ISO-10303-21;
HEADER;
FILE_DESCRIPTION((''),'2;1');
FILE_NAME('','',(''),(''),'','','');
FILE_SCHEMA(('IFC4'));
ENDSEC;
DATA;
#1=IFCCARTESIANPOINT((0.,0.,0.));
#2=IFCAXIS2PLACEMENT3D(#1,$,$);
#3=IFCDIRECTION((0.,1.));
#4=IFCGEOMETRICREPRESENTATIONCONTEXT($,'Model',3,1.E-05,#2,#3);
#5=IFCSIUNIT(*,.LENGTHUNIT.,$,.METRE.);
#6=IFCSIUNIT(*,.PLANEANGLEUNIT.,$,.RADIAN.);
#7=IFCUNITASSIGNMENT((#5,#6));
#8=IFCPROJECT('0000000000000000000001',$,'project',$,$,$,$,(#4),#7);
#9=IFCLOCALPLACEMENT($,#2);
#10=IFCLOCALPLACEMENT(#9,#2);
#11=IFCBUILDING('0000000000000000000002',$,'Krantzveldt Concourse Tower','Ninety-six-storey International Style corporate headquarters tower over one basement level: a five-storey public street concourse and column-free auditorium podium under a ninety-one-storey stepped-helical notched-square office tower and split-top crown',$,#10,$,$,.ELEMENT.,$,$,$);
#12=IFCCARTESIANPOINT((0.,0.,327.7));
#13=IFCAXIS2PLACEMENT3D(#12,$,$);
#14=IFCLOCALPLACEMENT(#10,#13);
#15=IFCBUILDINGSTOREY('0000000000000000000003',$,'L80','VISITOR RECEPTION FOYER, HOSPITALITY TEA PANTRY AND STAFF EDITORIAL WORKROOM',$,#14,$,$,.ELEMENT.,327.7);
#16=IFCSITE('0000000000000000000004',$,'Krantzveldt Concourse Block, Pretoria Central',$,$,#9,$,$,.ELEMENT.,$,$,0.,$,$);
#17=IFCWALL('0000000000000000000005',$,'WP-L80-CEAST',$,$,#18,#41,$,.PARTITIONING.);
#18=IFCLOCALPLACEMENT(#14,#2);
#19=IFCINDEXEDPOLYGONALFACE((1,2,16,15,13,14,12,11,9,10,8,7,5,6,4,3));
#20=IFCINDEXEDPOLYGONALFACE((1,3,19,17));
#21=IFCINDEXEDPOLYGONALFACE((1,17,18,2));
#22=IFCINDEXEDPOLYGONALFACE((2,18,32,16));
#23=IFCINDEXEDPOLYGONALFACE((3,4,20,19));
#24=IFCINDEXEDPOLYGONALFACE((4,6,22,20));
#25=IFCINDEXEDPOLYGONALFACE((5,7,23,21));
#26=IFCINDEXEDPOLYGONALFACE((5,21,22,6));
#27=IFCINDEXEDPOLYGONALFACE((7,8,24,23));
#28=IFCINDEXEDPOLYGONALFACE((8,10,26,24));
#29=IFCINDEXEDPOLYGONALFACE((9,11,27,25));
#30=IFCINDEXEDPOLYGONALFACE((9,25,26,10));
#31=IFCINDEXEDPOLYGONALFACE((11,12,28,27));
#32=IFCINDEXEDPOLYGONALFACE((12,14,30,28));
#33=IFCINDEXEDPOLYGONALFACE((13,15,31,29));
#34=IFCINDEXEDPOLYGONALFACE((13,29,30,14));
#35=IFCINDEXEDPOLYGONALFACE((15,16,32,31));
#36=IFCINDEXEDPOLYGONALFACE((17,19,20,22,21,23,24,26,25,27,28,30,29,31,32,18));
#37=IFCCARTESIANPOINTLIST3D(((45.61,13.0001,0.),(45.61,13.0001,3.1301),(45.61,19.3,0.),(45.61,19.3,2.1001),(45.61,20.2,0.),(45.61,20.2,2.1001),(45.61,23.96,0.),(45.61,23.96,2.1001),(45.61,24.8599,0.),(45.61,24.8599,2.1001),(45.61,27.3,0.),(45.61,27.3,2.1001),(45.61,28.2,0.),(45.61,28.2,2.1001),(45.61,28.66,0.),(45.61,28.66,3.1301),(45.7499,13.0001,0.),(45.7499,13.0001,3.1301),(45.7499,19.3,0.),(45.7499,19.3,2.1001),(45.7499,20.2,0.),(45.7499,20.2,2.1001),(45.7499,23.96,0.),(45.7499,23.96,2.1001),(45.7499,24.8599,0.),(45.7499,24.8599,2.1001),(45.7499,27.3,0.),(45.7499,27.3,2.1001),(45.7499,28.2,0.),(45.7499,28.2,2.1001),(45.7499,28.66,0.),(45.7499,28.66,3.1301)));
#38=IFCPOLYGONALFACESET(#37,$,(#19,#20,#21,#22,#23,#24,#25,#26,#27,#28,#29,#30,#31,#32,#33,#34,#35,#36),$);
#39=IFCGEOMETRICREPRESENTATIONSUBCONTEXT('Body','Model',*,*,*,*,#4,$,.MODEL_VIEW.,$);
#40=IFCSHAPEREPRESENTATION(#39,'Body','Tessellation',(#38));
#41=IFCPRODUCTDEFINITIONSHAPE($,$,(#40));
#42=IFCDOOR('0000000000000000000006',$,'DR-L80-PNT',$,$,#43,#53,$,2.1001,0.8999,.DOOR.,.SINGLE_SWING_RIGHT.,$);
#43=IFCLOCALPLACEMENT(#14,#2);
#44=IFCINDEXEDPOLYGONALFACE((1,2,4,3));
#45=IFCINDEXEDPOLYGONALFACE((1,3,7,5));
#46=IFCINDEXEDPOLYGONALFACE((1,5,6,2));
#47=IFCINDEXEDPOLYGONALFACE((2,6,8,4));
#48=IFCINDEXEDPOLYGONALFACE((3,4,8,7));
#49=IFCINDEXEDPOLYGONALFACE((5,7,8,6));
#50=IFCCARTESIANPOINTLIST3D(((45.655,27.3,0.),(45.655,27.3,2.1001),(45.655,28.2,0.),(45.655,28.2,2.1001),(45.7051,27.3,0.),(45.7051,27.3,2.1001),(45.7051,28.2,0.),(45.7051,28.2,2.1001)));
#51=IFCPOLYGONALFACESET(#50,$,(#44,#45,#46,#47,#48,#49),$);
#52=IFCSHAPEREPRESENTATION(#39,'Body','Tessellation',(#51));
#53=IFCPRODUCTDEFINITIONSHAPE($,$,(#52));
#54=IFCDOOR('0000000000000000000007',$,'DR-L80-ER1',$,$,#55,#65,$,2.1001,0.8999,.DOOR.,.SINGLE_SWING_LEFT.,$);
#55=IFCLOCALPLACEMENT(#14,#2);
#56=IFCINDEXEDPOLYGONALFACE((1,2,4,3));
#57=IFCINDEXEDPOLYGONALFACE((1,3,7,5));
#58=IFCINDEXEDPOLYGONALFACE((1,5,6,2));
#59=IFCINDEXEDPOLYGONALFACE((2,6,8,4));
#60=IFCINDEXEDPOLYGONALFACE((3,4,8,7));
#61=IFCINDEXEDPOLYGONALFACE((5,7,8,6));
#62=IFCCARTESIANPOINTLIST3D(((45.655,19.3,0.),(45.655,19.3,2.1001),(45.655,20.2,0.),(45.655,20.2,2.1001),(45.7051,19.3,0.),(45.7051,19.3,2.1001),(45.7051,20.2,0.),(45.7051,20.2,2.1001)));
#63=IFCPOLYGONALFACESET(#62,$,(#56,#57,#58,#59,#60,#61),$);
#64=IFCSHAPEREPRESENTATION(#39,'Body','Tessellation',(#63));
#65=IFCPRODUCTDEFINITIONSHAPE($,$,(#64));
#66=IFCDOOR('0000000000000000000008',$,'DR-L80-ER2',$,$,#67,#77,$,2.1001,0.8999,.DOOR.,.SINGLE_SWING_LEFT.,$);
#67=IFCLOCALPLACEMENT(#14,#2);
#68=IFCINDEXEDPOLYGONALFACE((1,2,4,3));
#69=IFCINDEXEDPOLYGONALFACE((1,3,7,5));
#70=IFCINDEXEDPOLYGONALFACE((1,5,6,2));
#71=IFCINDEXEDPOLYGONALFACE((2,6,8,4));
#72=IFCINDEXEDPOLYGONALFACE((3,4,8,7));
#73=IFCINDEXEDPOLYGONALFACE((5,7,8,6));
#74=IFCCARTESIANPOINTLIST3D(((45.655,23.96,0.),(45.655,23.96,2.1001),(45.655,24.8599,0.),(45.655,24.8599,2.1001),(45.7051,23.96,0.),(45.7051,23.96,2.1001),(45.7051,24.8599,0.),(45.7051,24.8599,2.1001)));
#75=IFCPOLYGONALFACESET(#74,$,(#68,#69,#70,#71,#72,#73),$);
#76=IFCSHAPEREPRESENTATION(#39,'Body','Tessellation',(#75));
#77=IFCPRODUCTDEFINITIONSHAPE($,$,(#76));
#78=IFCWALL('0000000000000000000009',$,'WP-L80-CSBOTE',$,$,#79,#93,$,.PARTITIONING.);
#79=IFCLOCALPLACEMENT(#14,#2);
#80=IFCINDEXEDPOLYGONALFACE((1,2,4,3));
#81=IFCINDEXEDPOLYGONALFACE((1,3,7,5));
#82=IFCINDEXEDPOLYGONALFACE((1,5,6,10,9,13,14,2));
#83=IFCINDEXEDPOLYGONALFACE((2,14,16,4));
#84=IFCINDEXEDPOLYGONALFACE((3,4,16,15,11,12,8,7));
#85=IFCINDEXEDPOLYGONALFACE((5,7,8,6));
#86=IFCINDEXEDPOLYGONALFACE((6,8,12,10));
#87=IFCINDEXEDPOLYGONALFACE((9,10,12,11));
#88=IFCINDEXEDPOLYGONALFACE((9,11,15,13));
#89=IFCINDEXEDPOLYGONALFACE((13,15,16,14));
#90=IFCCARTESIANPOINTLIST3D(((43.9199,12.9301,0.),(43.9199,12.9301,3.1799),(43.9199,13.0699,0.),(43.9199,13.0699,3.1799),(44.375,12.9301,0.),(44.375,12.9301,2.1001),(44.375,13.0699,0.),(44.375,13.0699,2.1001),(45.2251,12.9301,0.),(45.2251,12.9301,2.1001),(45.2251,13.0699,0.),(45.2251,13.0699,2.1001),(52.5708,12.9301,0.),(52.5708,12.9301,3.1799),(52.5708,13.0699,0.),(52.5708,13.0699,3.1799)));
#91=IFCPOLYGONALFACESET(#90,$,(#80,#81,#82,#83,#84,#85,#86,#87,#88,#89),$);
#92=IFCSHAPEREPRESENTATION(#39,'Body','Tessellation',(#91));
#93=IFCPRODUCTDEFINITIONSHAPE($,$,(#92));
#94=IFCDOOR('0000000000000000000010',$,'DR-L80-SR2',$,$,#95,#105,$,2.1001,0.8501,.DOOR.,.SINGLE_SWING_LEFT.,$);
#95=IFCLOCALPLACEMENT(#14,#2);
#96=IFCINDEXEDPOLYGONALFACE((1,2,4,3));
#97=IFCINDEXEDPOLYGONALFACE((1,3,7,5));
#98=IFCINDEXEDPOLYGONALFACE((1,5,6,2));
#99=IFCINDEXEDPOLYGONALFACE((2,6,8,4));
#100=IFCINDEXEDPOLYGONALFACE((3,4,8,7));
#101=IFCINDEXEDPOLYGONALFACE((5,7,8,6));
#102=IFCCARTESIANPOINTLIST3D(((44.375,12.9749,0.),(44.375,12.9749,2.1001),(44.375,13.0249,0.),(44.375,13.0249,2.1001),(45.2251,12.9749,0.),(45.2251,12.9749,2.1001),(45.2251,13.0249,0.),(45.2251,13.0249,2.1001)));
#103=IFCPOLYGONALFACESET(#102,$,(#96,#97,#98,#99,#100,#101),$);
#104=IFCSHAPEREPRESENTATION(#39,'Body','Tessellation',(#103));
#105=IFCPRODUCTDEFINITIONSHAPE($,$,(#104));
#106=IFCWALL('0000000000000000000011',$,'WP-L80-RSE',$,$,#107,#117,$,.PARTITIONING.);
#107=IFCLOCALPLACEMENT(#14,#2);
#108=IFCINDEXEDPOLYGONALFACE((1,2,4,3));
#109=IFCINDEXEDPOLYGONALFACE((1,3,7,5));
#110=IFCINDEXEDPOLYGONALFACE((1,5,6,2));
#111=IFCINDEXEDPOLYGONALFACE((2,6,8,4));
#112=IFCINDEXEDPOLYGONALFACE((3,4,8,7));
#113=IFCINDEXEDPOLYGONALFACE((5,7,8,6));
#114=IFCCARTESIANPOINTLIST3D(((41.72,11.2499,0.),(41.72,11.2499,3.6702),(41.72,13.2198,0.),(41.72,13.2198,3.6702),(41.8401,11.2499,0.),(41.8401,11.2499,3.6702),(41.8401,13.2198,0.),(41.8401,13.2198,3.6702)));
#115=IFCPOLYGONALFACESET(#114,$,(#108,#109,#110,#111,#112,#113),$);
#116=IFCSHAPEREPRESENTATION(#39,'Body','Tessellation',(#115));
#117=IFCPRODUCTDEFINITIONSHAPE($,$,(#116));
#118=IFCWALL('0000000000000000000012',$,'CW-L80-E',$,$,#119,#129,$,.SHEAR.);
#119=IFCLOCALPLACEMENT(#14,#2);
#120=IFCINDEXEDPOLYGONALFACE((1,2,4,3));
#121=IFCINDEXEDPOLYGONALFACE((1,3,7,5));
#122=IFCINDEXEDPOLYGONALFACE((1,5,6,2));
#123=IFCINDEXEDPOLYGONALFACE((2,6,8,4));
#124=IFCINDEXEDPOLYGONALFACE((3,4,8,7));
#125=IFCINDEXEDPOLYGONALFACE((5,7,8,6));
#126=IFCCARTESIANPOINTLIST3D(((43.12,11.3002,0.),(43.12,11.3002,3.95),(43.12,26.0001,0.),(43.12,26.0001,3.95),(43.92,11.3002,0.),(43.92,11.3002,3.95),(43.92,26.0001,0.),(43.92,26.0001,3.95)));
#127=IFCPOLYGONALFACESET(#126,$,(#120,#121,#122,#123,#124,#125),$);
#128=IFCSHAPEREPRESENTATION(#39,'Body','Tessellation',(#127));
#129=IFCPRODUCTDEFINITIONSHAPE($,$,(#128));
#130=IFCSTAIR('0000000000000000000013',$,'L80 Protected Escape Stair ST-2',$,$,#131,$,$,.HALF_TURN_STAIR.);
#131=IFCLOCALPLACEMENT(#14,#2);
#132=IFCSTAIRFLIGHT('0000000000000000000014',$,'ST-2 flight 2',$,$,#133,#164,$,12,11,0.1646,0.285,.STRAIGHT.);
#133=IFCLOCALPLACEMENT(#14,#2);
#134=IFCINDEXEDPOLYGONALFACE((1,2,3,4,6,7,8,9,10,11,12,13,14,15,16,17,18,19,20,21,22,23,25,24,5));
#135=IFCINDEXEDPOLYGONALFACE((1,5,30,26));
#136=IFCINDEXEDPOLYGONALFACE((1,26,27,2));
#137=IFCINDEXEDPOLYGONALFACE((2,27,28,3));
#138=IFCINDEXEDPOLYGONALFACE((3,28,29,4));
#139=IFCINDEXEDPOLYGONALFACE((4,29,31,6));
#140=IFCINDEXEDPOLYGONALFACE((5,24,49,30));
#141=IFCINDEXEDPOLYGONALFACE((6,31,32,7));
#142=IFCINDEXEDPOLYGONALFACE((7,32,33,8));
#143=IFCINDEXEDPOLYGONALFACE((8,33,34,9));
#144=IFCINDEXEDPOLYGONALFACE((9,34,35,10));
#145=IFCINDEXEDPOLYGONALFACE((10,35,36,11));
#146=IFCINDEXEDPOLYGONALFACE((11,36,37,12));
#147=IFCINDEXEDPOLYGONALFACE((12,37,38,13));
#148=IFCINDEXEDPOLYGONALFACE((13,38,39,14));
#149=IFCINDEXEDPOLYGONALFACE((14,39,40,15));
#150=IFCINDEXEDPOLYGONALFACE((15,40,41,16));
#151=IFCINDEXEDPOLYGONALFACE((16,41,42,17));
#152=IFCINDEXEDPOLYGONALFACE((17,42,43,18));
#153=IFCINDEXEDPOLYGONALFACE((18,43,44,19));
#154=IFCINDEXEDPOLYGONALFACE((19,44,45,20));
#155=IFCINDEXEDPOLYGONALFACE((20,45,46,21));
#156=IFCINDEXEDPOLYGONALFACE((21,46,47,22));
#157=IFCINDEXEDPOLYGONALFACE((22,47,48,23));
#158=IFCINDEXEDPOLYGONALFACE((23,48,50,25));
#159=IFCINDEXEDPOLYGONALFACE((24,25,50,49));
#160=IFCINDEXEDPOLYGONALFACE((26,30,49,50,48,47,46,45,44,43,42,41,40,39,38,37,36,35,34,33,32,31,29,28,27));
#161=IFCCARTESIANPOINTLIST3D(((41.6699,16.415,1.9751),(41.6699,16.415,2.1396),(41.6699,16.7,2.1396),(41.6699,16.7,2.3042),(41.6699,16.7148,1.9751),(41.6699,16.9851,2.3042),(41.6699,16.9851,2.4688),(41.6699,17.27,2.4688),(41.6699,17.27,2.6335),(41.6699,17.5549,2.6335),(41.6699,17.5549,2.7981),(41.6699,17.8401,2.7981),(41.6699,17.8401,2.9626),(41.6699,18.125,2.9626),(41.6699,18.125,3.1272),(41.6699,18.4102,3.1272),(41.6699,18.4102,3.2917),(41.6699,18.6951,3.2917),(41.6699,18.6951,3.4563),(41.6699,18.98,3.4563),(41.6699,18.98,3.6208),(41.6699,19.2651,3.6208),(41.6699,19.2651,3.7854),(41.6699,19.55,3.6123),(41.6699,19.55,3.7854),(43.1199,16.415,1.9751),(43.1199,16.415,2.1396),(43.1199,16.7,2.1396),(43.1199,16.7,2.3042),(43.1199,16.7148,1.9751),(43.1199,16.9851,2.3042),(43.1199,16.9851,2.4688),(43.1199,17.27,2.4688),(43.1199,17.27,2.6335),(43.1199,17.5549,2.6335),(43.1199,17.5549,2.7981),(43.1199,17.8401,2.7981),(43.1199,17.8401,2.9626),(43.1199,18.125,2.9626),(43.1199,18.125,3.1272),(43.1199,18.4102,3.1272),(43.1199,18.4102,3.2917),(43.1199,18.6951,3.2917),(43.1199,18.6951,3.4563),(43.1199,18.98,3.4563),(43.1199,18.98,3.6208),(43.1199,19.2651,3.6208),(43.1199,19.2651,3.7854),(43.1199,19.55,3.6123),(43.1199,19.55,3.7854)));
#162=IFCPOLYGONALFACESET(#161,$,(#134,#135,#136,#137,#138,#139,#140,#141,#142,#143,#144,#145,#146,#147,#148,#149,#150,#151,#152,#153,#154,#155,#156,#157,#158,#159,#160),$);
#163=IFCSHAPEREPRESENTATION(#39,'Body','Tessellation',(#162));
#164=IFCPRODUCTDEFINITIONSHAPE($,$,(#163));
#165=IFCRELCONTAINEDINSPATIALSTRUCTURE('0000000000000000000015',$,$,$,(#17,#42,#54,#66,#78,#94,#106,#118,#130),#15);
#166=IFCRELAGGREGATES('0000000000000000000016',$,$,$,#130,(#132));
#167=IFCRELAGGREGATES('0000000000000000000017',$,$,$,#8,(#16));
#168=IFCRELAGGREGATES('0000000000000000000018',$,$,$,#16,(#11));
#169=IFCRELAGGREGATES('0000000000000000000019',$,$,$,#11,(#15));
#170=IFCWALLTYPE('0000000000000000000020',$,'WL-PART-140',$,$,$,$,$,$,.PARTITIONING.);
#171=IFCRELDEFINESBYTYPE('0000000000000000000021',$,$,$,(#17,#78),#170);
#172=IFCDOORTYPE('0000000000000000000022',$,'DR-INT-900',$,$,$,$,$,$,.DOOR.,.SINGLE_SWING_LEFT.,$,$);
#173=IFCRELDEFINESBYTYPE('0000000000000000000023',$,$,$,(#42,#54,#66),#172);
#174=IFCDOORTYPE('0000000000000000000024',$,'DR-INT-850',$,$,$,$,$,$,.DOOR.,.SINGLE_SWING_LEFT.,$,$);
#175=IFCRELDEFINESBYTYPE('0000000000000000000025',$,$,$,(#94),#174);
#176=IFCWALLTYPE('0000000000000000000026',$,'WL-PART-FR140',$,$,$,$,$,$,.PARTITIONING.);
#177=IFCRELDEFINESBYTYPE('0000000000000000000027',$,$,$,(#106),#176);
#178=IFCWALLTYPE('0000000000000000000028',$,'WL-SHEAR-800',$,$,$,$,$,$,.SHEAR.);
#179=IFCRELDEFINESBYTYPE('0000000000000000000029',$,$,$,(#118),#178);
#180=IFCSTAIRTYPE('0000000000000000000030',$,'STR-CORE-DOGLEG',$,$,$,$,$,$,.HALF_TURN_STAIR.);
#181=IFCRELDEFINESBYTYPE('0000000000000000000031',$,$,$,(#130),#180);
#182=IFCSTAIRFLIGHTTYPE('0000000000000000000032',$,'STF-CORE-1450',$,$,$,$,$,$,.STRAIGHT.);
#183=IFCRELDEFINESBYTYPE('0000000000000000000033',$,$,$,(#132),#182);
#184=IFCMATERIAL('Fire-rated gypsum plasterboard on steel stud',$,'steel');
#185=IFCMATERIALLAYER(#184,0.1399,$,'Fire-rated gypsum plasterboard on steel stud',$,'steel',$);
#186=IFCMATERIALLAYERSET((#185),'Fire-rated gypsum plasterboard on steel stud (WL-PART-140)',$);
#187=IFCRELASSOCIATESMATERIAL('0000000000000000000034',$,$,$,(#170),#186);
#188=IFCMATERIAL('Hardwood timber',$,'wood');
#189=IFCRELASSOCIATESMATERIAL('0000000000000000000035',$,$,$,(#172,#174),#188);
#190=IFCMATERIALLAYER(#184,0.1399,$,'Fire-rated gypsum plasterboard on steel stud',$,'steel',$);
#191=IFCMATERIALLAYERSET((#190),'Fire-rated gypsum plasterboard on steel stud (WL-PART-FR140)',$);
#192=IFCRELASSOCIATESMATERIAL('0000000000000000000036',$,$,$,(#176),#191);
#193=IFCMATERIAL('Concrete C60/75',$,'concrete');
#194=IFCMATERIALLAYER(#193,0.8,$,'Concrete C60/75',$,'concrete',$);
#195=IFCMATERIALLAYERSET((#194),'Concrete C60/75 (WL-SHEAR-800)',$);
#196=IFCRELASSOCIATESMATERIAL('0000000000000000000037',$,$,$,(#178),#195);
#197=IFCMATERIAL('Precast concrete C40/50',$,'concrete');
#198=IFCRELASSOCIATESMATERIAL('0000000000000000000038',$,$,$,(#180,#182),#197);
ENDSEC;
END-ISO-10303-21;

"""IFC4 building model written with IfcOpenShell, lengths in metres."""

from ifc_helpers import new_model, si_unit, direction, frame, frame_2d, origin, place, context, subcontext, project, spatial, polyline, rectangle, outline, extrude, material, layer, layer_set, type_object, element, fill, aggregate, save


model = new_model("IFC4")

# Units and contexts
model_context = context("Model", 3, precision=1e-05, world=origin(), true_north=direction((0.0, 1.0)))
body_context = subcontext(model_context, "Body", "Model", "MODEL_VIEW")
ifc_project = project(units=[si_unit("LENGTHUNIT", "METRE"), si_unit("PLANEANGLEUNIT", "RADIAN")], contexts=[model_context])

# Site, building, storey
site_placement = place(None, origin())
site = spatial("IfcSite", under=ifc_project, at=site_placement, Name="Krantzveldt Concourse Block, Pretoria Central", CompositionType="ELEMENT", RefElevation=0.0)
building_placement = place(site_placement, origin())
building = spatial("IfcBuilding", under=site, at=building_placement, Name="Krantzveldt Concourse Tower", Description="Ninety-six-storey International Style corporate headquarters tower over one basement level: a five-storey public street concourse and column-free auditorium podium under a ninety-one-storey stepped-helical notched-square office tower and split-top crown", CompositionType="ELEMENT")
storey_placement = place(building_placement, frame((0.0, 0.0, 327.7)))
storey = spatial("IfcBuildingStorey", under=building, at=storey_placement, Name="L80", Description="VISITOR RECEPTION FOYER, HOSPITALITY TEA PANTRY AND STAFF EDITORIAL WORKROOM", CompositionType="ELEMENT", Elevation=327.7)

# Wall, openings, doors
ifc_material_1 = material(Name="Fire-rated gypsum plasterboard on steel stud", Category="steel")
ifc_layer_1 = layer(ifc_material_1, 0.1399, Name="Fire-rated gypsum plasterboard on steel stud", Category="steel")
ifc_layer_set_1 = layer_set([ifc_layer_1], Name="Fire-rated gypsum plasterboard on steel stud (WL-PART-140)")
wall_type_1 = type_object("IfcWallType", Name="WL-PART-140", PredefinedType="PARTITIONING", material=ifc_layer_set_1)
wall_1_placement = place(storey_placement, frame((45.6799, 13.0, 0.0), z_axis=(0.0, 0.0, 1.0), x_axis=(0.0, 1.0, 0.0)))
wall_1 = element("IfcWall", 1, at=wall_1_placement, inside=storey, type_object=wall_type_1, Name="WP-L80-CEAST", PredefinedType="PARTITIONING", context=body_context, shape_type="SweptSolid", body=[
    extrude(rectangle(XDim=15.6599, YDim=0.1399, at=frame_2d((7.8301, 0.0))), origin(), (0.0, 0.0, 1.0), 3.1301),
])
opening_1_placement = place(wall_1_placement, frame((14.3, 0.0, 0.0)))
opening_1 = element("IfcOpeningElement", 2, at=opening_1_placement, cuts=wall_1, PredefinedType="OPENING", context=body_context, shape_type="SweptSolid", body=[
    extrude(rectangle(XDim=0.8999, YDim=2.1001, at=frame_2d((0.45, 1.05))), frame((0.0, 0.0801, 0.0), z_axis=(0.0, -1.0, 0.0), x_axis=(1.0, 0.0, 0.0)), (0.0, 0.0, 1.0), 0.1599),
])
opening_2_placement = place(wall_1_placement, frame((6.3, 0.0, 0.0)))
opening_2 = element("IfcOpeningElement", 3, at=opening_2_placement, cuts=wall_1, PredefinedType="OPENING", context=body_context, shape_type="SweptSolid", body=[
    extrude(rectangle(XDim=0.8999, YDim=2.1001, at=frame_2d((0.45, 1.05))), frame((0.0, 0.0801, 0.0), z_axis=(0.0, -1.0, 0.0), x_axis=(1.0, 0.0, 0.0)), (0.0, 0.0, 1.0), 0.1599),
])
opening_3_placement = place(wall_1_placement, frame((10.96, 0.0, 0.0)))
opening_3 = element("IfcOpeningElement", 4, at=opening_3_placement, cuts=wall_1, PredefinedType="OPENING", context=body_context, shape_type="SweptSolid", body=[
    extrude(rectangle(XDim=0.8999, YDim=2.1001, at=frame_2d((0.45, 1.05))), frame((0.0, 0.0801, 0.0), z_axis=(0.0, -1.0, 0.0), x_axis=(1.0, 0.0, 0.0)), (0.0, 0.0, 1.0), 0.1599),
])
ifc_material_2 = material(Name="Hardwood timber", Category="wood")
door_type_1 = type_object("IfcDoorType", Name="DR-INT-900", OperationType="SINGLE_SWING_LEFT", PredefinedType="DOOR", material=ifc_material_2)
door_1_placement = place(opening_1_placement, origin())
door_1 = element("IfcDoor", 5, at=door_1_placement, inside=storey, type_object=door_type_1, Name="DR-L80-PNT", OperationType="SINGLE_SWING_RIGHT", OverallHeight=2.1001, OverallWidth=0.8999, PredefinedType="DOOR", context=body_context, shape_type="SweptSolid", body=[
    extrude(rectangle(XDim=0.8999, YDim=2.1001, at=frame_2d((0.45, 1.05))), frame((0.0, 0.0249, 0.0), z_axis=(0.0, -1.0, 0.0), x_axis=(1.0, 0.0, 0.0)), (0.0, 0.0, 1.0), 0.05),
])
fill(opening_1, door_1)
door_2_placement = place(opening_2_placement, origin())
door_2 = element("IfcDoor", 6, at=door_2_placement, inside=storey, type_object=door_type_1, Name="DR-L80-ER1", OperationType="SINGLE_SWING_LEFT", OverallHeight=2.1001, OverallWidth=0.8999, PredefinedType="DOOR", context=body_context, shape_type="SweptSolid", body=[
    extrude(rectangle(XDim=0.8999, YDim=2.1001, at=frame_2d((0.45, 1.05))), frame((0.0, 0.0249, 0.0), z_axis=(0.0, -1.0, 0.0), x_axis=(1.0, 0.0, 0.0)), (0.0, 0.0, 1.0), 0.05),
])
fill(opening_2, door_2)
door_3_placement = place(opening_3_placement, origin())
door_3 = element("IfcDoor", 7, at=door_3_placement, inside=storey, type_object=door_type_1, Name="DR-L80-ER2", OperationType="SINGLE_SWING_LEFT", OverallHeight=2.1001, OverallWidth=0.8999, PredefinedType="DOOR", context=body_context, shape_type="SweptSolid", body=[
    extrude(rectangle(XDim=0.8999, YDim=2.1001, at=frame_2d((0.45, 1.05))), frame((0.0, 0.0249, 0.0), z_axis=(0.0, -1.0, 0.0), x_axis=(1.0, 0.0, 0.0)), (0.0, 0.0, 1.0), 0.05),
])
fill(opening_3, door_3)

# Wall, opening, door
wall_2_placement = place(storey_placement, frame((43.9199, 13.0, 0.0), z_axis=(0.0, 0.0, 1.0), x_axis=(1.0, 0.0, 0.0)))
wall_2 = element("IfcWall", 8, at=wall_2_placement, inside=storey, type_object=wall_type_1, Name="WP-L80-CSBOTE", PredefinedType="PARTITIONING", context=body_context, shape_type="SweptSolid", body=[
    extrude(rectangle(XDim=8.6509, YDim=0.1399, at=frame_2d((4.3254, 0.0))), origin(), (0.0, 0.0, 1.0), 3.1799),
])
opening_4_placement = place(wall_2_placement, frame((0.4551, 0.0, 0.0)))
opening_4 = element("IfcOpeningElement", 9, at=opening_4_placement, cuts=wall_2, PredefinedType="OPENING", context=body_context, shape_type="SweptSolid", body=[
    extrude(rectangle(XDim=0.8501, YDim=2.1001, at=frame_2d((0.425, 1.05))), frame((0.0, 0.0801, 0.0), z_axis=(0.0, -1.0, 0.0), x_axis=(1.0, 0.0, 0.0)), (0.0, 0.0, 1.0), 0.1599),
])
door_type_2 = type_object("IfcDoorType", Name="DR-INT-850", OperationType="SINGLE_SWING_LEFT", PredefinedType="DOOR", material=ifc_material_2)
door_4_placement = place(opening_4_placement, origin())
door_4 = element("IfcDoor", 10, at=door_4_placement, inside=storey, type_object=door_type_2, Name="DR-L80-SR2", OperationType="SINGLE_SWING_LEFT", OverallHeight=2.1001, OverallWidth=0.8501, PredefinedType="DOOR", context=body_context, shape_type="SweptSolid", body=[
    extrude(rectangle(XDim=0.8501, YDim=2.1001, at=frame_2d((0.425, 1.05))), frame((0.0, 0.0249, 0.0), z_axis=(0.0, -1.0, 0.0), x_axis=(1.0, 0.0, 0.0)), (0.0, 0.0, 1.0), 0.05),
])
fill(opening_4, door_4)

# Walls
ifc_layer_2 = layer(ifc_material_1, 0.1399, Name="Fire-rated gypsum plasterboard on steel stud", Category="steel")
ifc_layer_set_2 = layer_set([ifc_layer_2], Name="Fire-rated gypsum plasterboard on steel stud (WL-PART-FR140)")
wall_type_2 = type_object("IfcWallType", Name="WL-PART-FR140", PredefinedType="PARTITIONING", material=ifc_layer_set_2)
wall_3_placement = place(storey_placement, frame((41.78, 11.25, 0.0), z_axis=(0.0, 0.0, 1.0), x_axis=(0.0, 1.0, 0.0)))
element("IfcWall", 11, at=wall_3_placement, inside=storey, type_object=wall_type_2, Name="WP-L80-RSE", PredefinedType="PARTITIONING", context=body_context, shape_type="SweptSolid", body=[
    extrude(rectangle(XDim=1.97, YDim=0.1201, at=frame_2d((0.9849, 0.0))), origin(), (0.0, 0.0, 1.0), 3.6702),
])
ifc_material_3 = material(Name="Concrete C60/75", Category="concrete")
ifc_layer_3 = layer(ifc_material_3, 0.8, Name="Concrete C60/75", Category="concrete")
ifc_layer_set_3 = layer_set([ifc_layer_3], Name="Concrete C60/75 (WL-SHEAR-800)")
wall_type_3 = type_object("IfcWallType", Name="WL-SHEAR-800", PredefinedType="SHEAR", material=ifc_layer_set_3)
wall_4_placement = place(storey_placement, frame((43.52, 11.3, 0.0), z_axis=(0.0, 0.0, 1.0), x_axis=(0.0, 1.0, 0.0)))
element("IfcWall", 12, at=wall_4_placement, inside=storey, type_object=wall_type_3, Name="CW-L80-E", PredefinedType="SHEAR", context=body_context, shape_type="SweptSolid", body=[
    extrude(rectangle(XDim=14.7, YDim=0.8, at=frame_2d((7.3501, 0.0))), origin(), (0.0, 0.0, 1.0), 3.95),
])

# Stair, stair flight
ifc_material_4 = material(Name="Precast concrete C40/50", Category="concrete")
stair_type = type_object("IfcStairType", Name="STR-CORE-DOGLEG", PredefinedType="HALF_TURN_STAIR", material=ifc_material_4)
stair_placement = place(storey_placement, origin())
stair = element("IfcStair", 13, at=stair_placement, inside=storey, type_object=stair_type, Name="L80 Protected Escape Stair ST-2", PredefinedType="HALF_TURN_STAIR")
stair_flight_type = type_object("IfcStairFlightType", Name="STF-CORE-1450", PredefinedType="STRAIGHT", material=ifc_material_4)
stair_flight_placement = place(storey_placement, frame((42.395, 16.415, 1.9751), z_axis=(0.0, 0.0, 1.0), x_axis=(0.0, 1.0, 0.0)))
stair_flight = element("IfcStairFlight", 14, at=stair_flight_placement, type_object=stair_flight_type, Name="ST-2 flight 2", NumberOfRisers=12, NumberOfTreads=11, PredefinedType="STRAIGHT", RiserHeight=0.1646, TreadLength=0.285, context=body_context, shape_type="SweptSolid", body=[
    extrude(outline(polyline([(0.0, 0.0), (0.0, 0.1646), (0.2849, 0.1646), (0.2849, 0.3291), (0.5701, 0.3291), (0.5701, 0.4937), (0.855, 0.4937), (0.855, 0.6584), (1.1399, 0.6584), (1.1399, 0.823), (1.425, 0.823), (1.425, 0.9875), (1.71, 0.9875), (1.71, 1.1521), (1.9951, 1.1521), (1.9951, 1.3167), (2.28, 1.3167), (2.28, 1.4812), (2.5649, 1.4812), (2.5649, 1.6458), (2.8501, 1.6458), (2.8501, 1.8103), (3.135, 1.8103), (3.135, 1.9751), (3.135, 1.6372), (0.2998, 0.0), (0.0, 0.0)])), frame((0.0, 0.7251, 0.0), z_axis=(0.0, -1.0, 0.0), x_axis=(1.0, 0.0, 0.0)), (0.0, 0.0, 1.0), 1.45),
])
aggregate(stair, [stair_flight])

save(model, "model.ifc")
